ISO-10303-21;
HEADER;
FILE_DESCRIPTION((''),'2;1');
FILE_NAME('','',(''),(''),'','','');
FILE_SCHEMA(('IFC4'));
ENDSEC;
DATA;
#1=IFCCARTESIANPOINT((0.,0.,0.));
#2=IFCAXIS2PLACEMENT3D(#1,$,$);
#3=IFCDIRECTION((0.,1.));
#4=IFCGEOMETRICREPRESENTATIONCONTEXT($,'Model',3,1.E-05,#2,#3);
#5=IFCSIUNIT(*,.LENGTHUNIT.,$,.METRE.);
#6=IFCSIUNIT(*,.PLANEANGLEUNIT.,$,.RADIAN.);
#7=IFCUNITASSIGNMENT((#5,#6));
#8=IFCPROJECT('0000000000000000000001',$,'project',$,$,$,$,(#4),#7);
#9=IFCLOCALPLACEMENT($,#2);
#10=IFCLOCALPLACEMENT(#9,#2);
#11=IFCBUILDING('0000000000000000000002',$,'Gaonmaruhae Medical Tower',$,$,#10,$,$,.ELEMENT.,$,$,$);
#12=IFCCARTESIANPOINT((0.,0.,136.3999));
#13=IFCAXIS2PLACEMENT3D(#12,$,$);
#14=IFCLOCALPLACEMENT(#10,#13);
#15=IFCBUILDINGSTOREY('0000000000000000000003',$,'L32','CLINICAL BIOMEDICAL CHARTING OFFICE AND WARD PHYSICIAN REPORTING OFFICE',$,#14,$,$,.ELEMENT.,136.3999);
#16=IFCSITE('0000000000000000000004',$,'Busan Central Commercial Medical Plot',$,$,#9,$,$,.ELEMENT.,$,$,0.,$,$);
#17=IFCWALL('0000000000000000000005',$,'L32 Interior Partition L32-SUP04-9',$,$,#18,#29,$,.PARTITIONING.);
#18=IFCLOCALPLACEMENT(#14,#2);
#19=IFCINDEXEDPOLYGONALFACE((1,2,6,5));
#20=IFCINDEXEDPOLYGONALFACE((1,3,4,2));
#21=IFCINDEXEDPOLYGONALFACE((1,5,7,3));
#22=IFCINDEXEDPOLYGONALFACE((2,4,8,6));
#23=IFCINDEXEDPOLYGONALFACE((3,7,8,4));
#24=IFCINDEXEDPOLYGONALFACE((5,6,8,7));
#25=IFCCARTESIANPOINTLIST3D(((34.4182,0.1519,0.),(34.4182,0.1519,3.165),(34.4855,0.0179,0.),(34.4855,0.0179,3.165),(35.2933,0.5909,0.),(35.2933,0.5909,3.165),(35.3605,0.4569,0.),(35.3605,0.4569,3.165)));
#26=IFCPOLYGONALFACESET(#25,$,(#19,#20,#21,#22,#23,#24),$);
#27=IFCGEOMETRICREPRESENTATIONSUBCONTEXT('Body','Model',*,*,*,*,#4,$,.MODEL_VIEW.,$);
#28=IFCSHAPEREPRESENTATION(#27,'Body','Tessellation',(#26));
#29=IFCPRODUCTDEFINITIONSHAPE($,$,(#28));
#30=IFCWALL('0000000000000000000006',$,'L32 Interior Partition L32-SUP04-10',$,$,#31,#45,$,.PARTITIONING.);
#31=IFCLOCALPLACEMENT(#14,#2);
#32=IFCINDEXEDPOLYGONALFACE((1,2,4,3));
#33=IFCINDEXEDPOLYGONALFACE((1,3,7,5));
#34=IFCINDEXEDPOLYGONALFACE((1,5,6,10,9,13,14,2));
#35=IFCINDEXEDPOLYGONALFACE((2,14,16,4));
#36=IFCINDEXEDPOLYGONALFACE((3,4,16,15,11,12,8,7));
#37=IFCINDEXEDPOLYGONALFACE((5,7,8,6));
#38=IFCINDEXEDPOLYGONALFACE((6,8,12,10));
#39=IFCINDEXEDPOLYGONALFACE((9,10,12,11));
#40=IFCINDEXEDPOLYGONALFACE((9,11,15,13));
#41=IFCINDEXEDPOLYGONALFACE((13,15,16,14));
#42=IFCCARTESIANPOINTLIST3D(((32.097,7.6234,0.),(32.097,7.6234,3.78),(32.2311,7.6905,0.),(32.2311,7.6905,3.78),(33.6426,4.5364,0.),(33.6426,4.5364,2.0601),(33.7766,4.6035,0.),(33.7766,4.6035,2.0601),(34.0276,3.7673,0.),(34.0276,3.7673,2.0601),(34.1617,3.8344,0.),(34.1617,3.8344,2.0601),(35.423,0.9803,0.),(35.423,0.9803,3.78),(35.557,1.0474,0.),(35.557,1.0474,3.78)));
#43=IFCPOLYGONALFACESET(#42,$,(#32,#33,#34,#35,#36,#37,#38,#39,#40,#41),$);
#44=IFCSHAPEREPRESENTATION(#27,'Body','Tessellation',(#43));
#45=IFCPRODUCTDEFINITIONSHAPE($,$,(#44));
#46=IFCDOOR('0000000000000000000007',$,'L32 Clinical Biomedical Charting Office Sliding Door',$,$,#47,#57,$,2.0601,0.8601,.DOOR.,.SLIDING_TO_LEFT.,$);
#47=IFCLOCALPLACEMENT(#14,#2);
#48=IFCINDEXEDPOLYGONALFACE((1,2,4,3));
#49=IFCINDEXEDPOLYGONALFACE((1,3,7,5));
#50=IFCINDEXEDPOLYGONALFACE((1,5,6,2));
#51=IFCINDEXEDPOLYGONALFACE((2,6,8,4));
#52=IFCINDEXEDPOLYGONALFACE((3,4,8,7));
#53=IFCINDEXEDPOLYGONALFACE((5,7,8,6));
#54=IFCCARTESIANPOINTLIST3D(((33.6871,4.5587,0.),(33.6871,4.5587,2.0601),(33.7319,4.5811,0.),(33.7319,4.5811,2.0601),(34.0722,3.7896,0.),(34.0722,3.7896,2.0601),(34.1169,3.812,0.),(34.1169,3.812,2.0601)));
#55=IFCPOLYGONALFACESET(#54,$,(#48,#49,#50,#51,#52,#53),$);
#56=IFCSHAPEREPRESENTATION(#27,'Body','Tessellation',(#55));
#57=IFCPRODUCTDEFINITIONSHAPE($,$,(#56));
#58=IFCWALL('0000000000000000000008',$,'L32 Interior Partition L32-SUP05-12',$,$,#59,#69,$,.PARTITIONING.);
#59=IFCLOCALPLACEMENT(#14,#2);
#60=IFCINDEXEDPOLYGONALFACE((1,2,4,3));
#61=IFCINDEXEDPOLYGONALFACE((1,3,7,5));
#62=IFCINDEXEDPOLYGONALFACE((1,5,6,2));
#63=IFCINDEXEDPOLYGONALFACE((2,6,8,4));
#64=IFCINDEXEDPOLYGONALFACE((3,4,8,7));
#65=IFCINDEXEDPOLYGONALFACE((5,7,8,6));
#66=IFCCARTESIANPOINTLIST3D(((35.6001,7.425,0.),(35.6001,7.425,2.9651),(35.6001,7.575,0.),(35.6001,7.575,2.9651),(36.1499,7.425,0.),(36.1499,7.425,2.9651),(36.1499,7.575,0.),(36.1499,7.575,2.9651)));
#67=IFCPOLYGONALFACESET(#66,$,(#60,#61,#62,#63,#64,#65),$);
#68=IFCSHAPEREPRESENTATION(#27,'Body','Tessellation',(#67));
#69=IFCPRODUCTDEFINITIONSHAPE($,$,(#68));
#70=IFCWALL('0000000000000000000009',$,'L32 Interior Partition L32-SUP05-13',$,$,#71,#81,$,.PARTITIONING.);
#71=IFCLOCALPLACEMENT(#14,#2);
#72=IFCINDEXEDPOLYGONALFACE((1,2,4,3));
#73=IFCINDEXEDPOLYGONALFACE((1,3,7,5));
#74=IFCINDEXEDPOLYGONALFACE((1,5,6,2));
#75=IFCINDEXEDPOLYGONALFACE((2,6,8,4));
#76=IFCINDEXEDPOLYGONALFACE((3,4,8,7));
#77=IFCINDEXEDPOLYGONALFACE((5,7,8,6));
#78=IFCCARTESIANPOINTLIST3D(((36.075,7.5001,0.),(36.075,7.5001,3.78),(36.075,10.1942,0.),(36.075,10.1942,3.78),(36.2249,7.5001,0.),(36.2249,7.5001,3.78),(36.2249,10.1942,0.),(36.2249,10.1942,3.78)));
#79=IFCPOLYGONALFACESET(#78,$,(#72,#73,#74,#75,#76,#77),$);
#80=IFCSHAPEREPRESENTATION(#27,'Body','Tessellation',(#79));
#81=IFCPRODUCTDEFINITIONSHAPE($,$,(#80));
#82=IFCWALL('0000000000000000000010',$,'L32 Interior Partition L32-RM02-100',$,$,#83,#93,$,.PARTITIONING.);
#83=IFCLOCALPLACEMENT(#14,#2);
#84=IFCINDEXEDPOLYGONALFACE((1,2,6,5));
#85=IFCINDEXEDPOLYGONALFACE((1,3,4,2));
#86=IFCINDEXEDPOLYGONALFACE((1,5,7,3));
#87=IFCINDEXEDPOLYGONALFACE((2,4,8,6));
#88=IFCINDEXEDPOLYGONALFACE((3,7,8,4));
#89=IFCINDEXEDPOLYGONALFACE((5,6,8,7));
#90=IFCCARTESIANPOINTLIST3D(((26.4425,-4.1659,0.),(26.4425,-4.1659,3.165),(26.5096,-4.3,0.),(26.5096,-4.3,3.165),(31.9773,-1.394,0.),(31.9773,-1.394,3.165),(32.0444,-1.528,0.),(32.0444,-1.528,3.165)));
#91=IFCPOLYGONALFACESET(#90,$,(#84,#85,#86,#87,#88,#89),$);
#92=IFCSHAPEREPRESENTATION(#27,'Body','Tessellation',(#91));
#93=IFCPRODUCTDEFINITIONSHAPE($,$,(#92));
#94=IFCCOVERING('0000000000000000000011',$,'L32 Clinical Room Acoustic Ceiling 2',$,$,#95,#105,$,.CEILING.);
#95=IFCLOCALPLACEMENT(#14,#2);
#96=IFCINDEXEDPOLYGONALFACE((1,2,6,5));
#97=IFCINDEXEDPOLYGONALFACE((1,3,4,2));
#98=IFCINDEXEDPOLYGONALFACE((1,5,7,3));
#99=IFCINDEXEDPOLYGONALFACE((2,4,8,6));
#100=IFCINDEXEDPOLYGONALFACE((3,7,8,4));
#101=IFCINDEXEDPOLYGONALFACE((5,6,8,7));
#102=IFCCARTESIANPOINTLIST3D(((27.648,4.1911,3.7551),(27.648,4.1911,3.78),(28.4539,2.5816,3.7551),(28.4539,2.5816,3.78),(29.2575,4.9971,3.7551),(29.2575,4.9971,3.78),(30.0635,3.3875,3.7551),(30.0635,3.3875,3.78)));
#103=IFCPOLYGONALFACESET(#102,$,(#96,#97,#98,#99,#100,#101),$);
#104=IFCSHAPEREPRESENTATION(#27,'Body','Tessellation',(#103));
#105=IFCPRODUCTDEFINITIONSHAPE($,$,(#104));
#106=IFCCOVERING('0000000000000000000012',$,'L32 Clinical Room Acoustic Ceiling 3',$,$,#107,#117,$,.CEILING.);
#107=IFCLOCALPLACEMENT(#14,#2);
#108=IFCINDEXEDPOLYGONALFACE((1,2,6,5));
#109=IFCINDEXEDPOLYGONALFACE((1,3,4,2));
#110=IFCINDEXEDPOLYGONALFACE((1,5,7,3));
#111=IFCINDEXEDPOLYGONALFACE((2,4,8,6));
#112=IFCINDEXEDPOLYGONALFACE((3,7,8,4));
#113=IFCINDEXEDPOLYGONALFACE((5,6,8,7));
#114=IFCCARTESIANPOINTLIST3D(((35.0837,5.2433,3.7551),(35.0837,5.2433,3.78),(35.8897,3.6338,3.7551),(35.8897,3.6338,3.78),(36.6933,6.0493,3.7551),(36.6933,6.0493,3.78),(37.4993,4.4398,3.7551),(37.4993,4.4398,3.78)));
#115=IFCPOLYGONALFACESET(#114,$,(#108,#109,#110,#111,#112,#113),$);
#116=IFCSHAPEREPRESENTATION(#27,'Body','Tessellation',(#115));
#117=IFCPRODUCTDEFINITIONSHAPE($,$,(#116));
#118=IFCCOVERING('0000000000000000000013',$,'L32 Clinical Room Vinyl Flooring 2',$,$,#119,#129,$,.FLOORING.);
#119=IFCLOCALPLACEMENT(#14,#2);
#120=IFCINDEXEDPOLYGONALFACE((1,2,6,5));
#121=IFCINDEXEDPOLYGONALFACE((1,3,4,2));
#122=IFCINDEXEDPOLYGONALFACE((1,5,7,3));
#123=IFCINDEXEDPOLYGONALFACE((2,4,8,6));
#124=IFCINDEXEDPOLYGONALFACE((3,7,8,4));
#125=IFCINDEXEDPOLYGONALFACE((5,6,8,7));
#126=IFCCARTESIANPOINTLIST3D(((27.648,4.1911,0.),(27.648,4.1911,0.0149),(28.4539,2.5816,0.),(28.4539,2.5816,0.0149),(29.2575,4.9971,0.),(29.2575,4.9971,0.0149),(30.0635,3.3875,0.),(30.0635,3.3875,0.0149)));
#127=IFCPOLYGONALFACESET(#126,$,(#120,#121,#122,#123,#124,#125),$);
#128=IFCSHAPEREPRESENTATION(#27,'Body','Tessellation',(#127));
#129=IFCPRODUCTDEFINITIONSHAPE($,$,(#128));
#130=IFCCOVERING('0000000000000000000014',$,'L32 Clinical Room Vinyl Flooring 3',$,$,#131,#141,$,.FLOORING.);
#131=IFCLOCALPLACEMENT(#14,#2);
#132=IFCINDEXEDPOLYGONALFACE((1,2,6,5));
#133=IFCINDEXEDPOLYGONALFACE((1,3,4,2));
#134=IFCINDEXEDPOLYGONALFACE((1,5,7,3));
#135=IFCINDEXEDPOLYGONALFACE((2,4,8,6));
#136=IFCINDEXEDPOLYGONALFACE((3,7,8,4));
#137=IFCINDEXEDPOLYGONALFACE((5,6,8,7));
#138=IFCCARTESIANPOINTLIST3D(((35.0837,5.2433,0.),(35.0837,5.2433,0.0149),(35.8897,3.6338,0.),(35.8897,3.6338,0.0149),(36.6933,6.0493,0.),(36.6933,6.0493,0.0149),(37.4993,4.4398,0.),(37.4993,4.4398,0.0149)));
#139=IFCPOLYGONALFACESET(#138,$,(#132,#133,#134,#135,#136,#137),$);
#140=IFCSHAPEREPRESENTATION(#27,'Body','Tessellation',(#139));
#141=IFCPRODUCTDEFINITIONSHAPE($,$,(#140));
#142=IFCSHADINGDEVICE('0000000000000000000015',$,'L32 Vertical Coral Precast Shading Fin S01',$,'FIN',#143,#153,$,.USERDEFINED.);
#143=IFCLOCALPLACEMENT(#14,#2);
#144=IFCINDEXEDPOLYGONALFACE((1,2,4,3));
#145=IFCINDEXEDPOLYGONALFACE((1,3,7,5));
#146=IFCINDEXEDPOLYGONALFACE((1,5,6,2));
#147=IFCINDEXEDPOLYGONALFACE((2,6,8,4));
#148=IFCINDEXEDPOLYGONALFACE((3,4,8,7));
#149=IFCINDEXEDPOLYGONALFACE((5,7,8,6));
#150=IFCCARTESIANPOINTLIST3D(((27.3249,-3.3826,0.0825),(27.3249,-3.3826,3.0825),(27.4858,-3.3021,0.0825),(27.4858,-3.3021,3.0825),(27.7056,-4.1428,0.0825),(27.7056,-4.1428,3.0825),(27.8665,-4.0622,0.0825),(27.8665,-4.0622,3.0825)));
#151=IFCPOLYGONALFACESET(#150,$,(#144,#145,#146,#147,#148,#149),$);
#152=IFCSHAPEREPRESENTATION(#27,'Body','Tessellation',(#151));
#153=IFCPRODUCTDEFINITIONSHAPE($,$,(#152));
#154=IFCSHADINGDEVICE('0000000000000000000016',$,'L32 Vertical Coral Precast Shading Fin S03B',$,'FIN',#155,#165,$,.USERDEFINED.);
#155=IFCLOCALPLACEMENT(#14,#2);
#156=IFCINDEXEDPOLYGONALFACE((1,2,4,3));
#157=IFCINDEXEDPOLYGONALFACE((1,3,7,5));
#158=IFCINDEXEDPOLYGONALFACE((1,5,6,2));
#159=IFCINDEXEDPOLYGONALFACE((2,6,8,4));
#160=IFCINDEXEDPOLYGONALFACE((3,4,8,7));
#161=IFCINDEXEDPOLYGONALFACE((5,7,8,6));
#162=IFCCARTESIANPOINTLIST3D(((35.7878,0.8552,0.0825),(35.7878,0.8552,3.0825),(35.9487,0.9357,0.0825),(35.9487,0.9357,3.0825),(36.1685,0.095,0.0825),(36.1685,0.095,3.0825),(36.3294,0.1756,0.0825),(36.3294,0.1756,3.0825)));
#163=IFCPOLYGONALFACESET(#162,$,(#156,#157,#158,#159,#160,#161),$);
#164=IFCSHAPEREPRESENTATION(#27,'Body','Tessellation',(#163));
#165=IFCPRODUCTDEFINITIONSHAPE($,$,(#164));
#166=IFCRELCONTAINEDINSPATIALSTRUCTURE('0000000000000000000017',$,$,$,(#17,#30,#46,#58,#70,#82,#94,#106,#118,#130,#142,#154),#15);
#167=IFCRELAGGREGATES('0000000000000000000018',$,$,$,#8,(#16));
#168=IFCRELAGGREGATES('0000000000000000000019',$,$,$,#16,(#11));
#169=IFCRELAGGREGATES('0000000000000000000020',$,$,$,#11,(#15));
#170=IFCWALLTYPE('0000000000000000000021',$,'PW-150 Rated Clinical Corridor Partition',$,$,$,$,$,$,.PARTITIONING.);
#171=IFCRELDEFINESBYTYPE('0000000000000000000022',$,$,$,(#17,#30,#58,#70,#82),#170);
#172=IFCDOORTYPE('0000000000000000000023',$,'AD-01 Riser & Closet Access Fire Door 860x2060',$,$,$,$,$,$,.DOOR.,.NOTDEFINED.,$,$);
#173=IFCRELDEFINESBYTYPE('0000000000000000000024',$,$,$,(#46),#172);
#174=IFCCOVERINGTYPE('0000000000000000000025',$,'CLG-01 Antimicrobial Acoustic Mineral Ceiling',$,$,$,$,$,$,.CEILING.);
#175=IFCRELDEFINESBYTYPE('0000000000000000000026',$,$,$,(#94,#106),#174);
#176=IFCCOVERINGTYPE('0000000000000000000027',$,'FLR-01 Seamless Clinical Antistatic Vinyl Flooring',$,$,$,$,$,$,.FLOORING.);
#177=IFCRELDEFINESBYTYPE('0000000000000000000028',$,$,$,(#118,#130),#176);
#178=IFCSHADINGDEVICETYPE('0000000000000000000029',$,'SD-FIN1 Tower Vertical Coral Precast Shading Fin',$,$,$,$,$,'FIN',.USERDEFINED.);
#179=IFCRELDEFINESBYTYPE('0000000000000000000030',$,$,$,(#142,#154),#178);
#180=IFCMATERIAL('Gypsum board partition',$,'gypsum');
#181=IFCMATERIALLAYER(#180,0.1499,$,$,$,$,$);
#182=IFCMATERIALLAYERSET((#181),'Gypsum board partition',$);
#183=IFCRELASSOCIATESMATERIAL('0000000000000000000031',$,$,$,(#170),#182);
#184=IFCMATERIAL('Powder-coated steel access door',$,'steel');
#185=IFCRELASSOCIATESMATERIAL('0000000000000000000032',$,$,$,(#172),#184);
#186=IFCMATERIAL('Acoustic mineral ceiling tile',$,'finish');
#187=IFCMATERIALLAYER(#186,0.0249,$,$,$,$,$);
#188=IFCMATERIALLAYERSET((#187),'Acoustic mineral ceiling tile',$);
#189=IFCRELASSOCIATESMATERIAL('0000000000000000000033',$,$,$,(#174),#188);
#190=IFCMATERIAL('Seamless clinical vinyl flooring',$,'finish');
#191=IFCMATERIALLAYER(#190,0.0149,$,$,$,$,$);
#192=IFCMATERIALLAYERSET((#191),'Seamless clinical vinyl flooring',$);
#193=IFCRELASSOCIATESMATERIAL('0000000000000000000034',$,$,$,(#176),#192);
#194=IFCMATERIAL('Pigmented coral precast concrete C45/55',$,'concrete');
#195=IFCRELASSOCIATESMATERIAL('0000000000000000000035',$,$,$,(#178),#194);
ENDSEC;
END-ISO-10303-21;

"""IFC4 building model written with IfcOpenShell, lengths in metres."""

from ifc_helpers import new_model, si_unit, direction, frame, frame_2d, origin, origin_2d, place, context, subcontext, project, spatial, rectangle, extrude, material, layer, layer_set, type_object, element, fill, save


model = new_model("IFC4")

# Units and contexts
model_context = context("Model", 3, precision=1e-05, world=origin(), true_north=direction((0.0, 1.0)))
body_context = subcontext(model_context, "Body", "Model", "MODEL_VIEW")
ifc_project = project(units=[si_unit("LENGTHUNIT", "METRE"), si_unit("PLANEANGLEUNIT", "RADIAN")], contexts=[model_context])

# Site, building, storey
site_placement = place(None, origin())
site = spatial("IfcSite", under=ifc_project, at=site_placement, Name="Busan Central Commercial Medical Plot", CompositionType="ELEMENT", RefElevation=0.0)
building_placement = place(site_placement, origin())
building = spatial("IfcBuilding", under=site, at=building_placement, Name="Gaonmaruhae Medical Tower", CompositionType="ELEMENT")
storey_placement = place(building_placement, frame((0.0, 0.0, 136.3999)))
storey = spatial("IfcBuildingStorey", under=building, at=storey_placement, Name="L32", Description="CLINICAL BIOMEDICAL CHARTING OFFICE AND WARD PHYSICIAN REPORTING OFFICE", CompositionType="ELEMENT", Elevation=136.3999)

# Wall
ifc_material_1 = material(Name="Gypsum board partition", Category="gypsum")
ifc_layer_1 = layer(ifc_material_1, 0.1499)
ifc_layer_set_1 = layer_set([ifc_layer_1], Name="Gypsum board partition")
wall_type_1 = type_object("IfcWallType", Name="PW-150 Rated Clinical Corridor Partition", PredefinedType="PARTITIONING", material=ifc_layer_set_1)
wall_1_placement = place(storey_placement, frame((35.3269, 0.5239, 0.0), z_axis=(0.0, 0.0, 1.0), x_axis=(-0.893828, -0.44841, 0.0)))
element("IfcWall", 1, at=wall_1_placement, inside=storey, type_object=wall_type_1, Name="L32 Interior Partition L32-SUP04-9", PredefinedType="PARTITIONING", context=body_context, shape_type="SweptSolid", body=[
    extrude(rectangle(XDim=0.979, YDim=0.1499, at=frame_2d((0.4895, 0.0))), origin(), (0.0, 0.0, 1.0), 3.165),
])

# Wall, opening, door
wall_2_placement = place(storey_placement, frame((32.1641, 7.657, 0.0), z_axis=(0.0, 0.0, 1.0), x_axis=(0.447687, -0.89419, 0.0)))
wall_2 = element("IfcWall", 2, at=wall_2_placement, inside=storey, type_object=wall_type_1, Name="L32 Interior Partition L32-SUP04-10", PredefinedType="PARTITIONING", context=body_context, shape_type="SweptSolid", body=[
    extrude(rectangle(XDim=7.4292, YDim=0.1499, at=frame_2d((3.7146, 0.0))), origin(), (0.0, 0.0, 1.0), 3.78),
])
opening_1_placement = place(wall_2_placement, frame((3.4521, 0.0, 0.0)))
opening_1 = element("IfcOpeningElement", 3, at=opening_1_placement, cuts=wall_2, PredefinedType="OPENING", context=body_context, shape_type="SweptSolid", body=[
    extrude(rectangle(XDim=0.8601, YDim=2.0601, at=frame_2d((0.4302, 1.03))), frame((0.0, 0.085, 0.0), z_axis=(0.0, -1.0, 0.0), x_axis=(1.0, 0.0, 0.0)), (0.0, 0.0, 1.0), 0.1699),
])
ifc_material_2 = material(Name="Powder-coated steel access door", Category="steel")
door_type = type_object("IfcDoorType", Name="AD-01 Riser & Closet Access Fire Door 860x2060", OperationType="NOTDEFINED", PredefinedType="DOOR", material=ifc_material_2)
door_placement = place(opening_1_placement, origin())
door = element("IfcDoor", 4, at=door_placement, inside=storey, type_object=door_type, Name="L32 Clinical Biomedical Charting Office Sliding Door", OperationType="SLIDING_TO_LEFT", OverallHeight=2.0601, OverallWidth=0.8601, PredefinedType="DOOR", context=body_context, shape_type="SweptSolid", body=[
    extrude(rectangle(XDim=0.8601, YDim=2.0601, at=frame_2d((0.4302, 1.03))), frame((0.0, 0.0249, 0.0), z_axis=(0.0, -1.0, 0.0), x_axis=(1.0, 0.0, 0.0)), (0.0, 0.0, 1.0), 0.05),
])
fill(opening_1, door)

# Walls
wall_3_placement = place(storey_placement, frame((35.6001, 7.5, 0.0), z_axis=(0.0, 0.0, 1.0), x_axis=(1.0, 0.0, 0.0)))
element("IfcWall", 5, at=wall_3_placement, inside=storey, type_object=wall_type_1, Name="L32 Interior Partition L32-SUP05-12", PredefinedType="PARTITIONING", context=body_context, shape_type="SweptSolid", body=[
    extrude(rectangle(XDim=0.5498, YDim=0.1499, at=frame_2d((0.2749, 0.0))), origin(), (0.0, 0.0, 1.0), 2.9651),
])
wall_4_placement = place(storey_placement, frame((36.1499, 7.5, 0.0), z_axis=(0.0, 0.0, 1.0), x_axis=(0.0, 1.0, 0.0)))
element("IfcWall", 6, at=wall_4_placement, inside=storey, type_object=wall_type_1, Name="L32 Interior Partition L32-SUP05-13", PredefinedType="PARTITIONING", context=body_context, shape_type="SweptSolid", body=[
    extrude(rectangle(XDim=2.6941, YDim=0.1499, at=frame_2d((1.3472, 0.0))), origin(), (0.0, 0.0, 1.0), 3.78),
])
wall_5_placement = place(storey_placement, frame((32.011, -1.4609, 0.0), z_axis=(0.0, 0.0, 1.0), x_axis=(-0.894135, -0.447797, 0.0)))
element("IfcWall", 7, at=wall_5_placement, inside=storey, type_object=wall_type_1, Name="L32 Interior Partition L32-RM02-100", PredefinedType="PARTITIONING", context=body_context, shape_type="SweptSolid", body=[
    extrude(rectangle(XDim=6.1902, YDim=0.1499, at=frame_2d((3.0952, 0.0))), origin(), (0.0, 0.0, 1.0), 3.165),
])

# Coverings
ifc_material_3 = material(Name="Acoustic mineral ceiling tile", Category="finish")
ifc_layer_2 = layer(ifc_material_3, 0.0249)
ifc_layer_set_2 = layer_set([ifc_layer_2], Name="Acoustic mineral ceiling tile")
covering_type_1 = type_object("IfcCoveringType", Name="CLG-01 Antimicrobial Acoustic Mineral Ceiling", PredefinedType="CEILING", material=ifc_layer_set_2)
for number, where, z_axis, x_axis, name in (
    (8, (28.8557, 3.7893, 3.7551), (0.0, 0.0, 1.0), (0.894154, 0.447759, 0.0), "L32 Clinical Room Acoustic Ceiling 2"),
    (9, (36.2915, 4.8416, 3.7551), (0.0, 0.0, 1.0), (0.894154, 0.447759, 0.0), "L32 Clinical Room Acoustic Ceiling 3"),
):
    element("IfcCovering", number, at=place(storey_placement, frame(where, z_axis=z_axis, x_axis=x_axis)), inside=storey, type_object=covering_type_1, Name=name, PredefinedType="CEILING", context=body_context, shape_type="SweptSolid", body=[
        extrude(rectangle(XDim=1.8, YDim=1.8, at=origin_2d()), origin(), (0.0, 0.0, 1.0), 0.0249),
    ])
ifc_material_4 = material(Name="Seamless clinical vinyl flooring", Category="finish")
ifc_layer_3 = layer(ifc_material_4, 0.0149)
ifc_layer_set_3 = layer_set([ifc_layer_3], Name="Seamless clinical vinyl flooring")
covering_type_2 = type_object("IfcCoveringType", Name="FLR-01 Seamless Clinical Antistatic Vinyl Flooring", PredefinedType="FLOORING", material=ifc_layer_set_3)
for number, where, z_axis, x_axis, name in (
    (10, (28.8557, 3.7893, 0.0), (0.0, 0.0, 1.0), (0.894154, 0.447759, 0.0), "L32 Clinical Room Vinyl Flooring 2"),
    (11, (36.2915, 4.8416, 0.0), (0.0, 0.0, 1.0), (0.894154, 0.447759, 0.0), "L32 Clinical Room Vinyl Flooring 3"),
):
    element("IfcCovering", number, at=place(storey_placement, frame(where, z_axis=z_axis, x_axis=x_axis)), inside=storey, type_object=covering_type_2, Name=name, PredefinedType="FLOORING", context=body_context, shape_type="SweptSolid", body=[
        extrude(rectangle(XDim=1.8, YDim=1.8, at=origin_2d()), origin(), (0.0, 0.0, 1.0), 0.0149),
    ])

# Shading devices
ifc_material_5 = material(Name="Pigmented coral precast concrete C45/55", Category="concrete")
shading_device_type = type_object("IfcShadingDeviceType", Name="SD-FIN1 Tower Vertical Coral Precast Shading Fin", ElementType="FIN", PredefinedType="USERDEFINED", material=ifc_material_5)
for number, where, z_axis, x_axis, name in (
    (12, (27.5957, -3.7224, 0.0825), (0.0, 0.0, 1.0), (-0.894154, -0.447759, 0.0), "L32 Vertical Coral Precast Shading Fin S01"),
    (13, (36.0586, 0.5154, 0.0825), (0.0, 0.0, 1.0), (-0.894162, -0.447743, 0.0), "L32 Vertical Coral Precast Shading Fin S03B"),
):
    element("IfcShadingDevice", number, at=place(storey_placement, frame(where, z_axis=z_axis, x_axis=x_axis)), inside=storey, type_object=shading_device_type, Name=name, ObjectType="FIN", PredefinedType="USERDEFINED", context=body_context, shape_type="SweptSolid", body=[
        extrude(rectangle(XDim=0.1799, YDim=0.8501, at=origin_2d()), origin(), (0.0, 0.0, 1.0), 3.0),
    ])

save(model, "model.ifc")
